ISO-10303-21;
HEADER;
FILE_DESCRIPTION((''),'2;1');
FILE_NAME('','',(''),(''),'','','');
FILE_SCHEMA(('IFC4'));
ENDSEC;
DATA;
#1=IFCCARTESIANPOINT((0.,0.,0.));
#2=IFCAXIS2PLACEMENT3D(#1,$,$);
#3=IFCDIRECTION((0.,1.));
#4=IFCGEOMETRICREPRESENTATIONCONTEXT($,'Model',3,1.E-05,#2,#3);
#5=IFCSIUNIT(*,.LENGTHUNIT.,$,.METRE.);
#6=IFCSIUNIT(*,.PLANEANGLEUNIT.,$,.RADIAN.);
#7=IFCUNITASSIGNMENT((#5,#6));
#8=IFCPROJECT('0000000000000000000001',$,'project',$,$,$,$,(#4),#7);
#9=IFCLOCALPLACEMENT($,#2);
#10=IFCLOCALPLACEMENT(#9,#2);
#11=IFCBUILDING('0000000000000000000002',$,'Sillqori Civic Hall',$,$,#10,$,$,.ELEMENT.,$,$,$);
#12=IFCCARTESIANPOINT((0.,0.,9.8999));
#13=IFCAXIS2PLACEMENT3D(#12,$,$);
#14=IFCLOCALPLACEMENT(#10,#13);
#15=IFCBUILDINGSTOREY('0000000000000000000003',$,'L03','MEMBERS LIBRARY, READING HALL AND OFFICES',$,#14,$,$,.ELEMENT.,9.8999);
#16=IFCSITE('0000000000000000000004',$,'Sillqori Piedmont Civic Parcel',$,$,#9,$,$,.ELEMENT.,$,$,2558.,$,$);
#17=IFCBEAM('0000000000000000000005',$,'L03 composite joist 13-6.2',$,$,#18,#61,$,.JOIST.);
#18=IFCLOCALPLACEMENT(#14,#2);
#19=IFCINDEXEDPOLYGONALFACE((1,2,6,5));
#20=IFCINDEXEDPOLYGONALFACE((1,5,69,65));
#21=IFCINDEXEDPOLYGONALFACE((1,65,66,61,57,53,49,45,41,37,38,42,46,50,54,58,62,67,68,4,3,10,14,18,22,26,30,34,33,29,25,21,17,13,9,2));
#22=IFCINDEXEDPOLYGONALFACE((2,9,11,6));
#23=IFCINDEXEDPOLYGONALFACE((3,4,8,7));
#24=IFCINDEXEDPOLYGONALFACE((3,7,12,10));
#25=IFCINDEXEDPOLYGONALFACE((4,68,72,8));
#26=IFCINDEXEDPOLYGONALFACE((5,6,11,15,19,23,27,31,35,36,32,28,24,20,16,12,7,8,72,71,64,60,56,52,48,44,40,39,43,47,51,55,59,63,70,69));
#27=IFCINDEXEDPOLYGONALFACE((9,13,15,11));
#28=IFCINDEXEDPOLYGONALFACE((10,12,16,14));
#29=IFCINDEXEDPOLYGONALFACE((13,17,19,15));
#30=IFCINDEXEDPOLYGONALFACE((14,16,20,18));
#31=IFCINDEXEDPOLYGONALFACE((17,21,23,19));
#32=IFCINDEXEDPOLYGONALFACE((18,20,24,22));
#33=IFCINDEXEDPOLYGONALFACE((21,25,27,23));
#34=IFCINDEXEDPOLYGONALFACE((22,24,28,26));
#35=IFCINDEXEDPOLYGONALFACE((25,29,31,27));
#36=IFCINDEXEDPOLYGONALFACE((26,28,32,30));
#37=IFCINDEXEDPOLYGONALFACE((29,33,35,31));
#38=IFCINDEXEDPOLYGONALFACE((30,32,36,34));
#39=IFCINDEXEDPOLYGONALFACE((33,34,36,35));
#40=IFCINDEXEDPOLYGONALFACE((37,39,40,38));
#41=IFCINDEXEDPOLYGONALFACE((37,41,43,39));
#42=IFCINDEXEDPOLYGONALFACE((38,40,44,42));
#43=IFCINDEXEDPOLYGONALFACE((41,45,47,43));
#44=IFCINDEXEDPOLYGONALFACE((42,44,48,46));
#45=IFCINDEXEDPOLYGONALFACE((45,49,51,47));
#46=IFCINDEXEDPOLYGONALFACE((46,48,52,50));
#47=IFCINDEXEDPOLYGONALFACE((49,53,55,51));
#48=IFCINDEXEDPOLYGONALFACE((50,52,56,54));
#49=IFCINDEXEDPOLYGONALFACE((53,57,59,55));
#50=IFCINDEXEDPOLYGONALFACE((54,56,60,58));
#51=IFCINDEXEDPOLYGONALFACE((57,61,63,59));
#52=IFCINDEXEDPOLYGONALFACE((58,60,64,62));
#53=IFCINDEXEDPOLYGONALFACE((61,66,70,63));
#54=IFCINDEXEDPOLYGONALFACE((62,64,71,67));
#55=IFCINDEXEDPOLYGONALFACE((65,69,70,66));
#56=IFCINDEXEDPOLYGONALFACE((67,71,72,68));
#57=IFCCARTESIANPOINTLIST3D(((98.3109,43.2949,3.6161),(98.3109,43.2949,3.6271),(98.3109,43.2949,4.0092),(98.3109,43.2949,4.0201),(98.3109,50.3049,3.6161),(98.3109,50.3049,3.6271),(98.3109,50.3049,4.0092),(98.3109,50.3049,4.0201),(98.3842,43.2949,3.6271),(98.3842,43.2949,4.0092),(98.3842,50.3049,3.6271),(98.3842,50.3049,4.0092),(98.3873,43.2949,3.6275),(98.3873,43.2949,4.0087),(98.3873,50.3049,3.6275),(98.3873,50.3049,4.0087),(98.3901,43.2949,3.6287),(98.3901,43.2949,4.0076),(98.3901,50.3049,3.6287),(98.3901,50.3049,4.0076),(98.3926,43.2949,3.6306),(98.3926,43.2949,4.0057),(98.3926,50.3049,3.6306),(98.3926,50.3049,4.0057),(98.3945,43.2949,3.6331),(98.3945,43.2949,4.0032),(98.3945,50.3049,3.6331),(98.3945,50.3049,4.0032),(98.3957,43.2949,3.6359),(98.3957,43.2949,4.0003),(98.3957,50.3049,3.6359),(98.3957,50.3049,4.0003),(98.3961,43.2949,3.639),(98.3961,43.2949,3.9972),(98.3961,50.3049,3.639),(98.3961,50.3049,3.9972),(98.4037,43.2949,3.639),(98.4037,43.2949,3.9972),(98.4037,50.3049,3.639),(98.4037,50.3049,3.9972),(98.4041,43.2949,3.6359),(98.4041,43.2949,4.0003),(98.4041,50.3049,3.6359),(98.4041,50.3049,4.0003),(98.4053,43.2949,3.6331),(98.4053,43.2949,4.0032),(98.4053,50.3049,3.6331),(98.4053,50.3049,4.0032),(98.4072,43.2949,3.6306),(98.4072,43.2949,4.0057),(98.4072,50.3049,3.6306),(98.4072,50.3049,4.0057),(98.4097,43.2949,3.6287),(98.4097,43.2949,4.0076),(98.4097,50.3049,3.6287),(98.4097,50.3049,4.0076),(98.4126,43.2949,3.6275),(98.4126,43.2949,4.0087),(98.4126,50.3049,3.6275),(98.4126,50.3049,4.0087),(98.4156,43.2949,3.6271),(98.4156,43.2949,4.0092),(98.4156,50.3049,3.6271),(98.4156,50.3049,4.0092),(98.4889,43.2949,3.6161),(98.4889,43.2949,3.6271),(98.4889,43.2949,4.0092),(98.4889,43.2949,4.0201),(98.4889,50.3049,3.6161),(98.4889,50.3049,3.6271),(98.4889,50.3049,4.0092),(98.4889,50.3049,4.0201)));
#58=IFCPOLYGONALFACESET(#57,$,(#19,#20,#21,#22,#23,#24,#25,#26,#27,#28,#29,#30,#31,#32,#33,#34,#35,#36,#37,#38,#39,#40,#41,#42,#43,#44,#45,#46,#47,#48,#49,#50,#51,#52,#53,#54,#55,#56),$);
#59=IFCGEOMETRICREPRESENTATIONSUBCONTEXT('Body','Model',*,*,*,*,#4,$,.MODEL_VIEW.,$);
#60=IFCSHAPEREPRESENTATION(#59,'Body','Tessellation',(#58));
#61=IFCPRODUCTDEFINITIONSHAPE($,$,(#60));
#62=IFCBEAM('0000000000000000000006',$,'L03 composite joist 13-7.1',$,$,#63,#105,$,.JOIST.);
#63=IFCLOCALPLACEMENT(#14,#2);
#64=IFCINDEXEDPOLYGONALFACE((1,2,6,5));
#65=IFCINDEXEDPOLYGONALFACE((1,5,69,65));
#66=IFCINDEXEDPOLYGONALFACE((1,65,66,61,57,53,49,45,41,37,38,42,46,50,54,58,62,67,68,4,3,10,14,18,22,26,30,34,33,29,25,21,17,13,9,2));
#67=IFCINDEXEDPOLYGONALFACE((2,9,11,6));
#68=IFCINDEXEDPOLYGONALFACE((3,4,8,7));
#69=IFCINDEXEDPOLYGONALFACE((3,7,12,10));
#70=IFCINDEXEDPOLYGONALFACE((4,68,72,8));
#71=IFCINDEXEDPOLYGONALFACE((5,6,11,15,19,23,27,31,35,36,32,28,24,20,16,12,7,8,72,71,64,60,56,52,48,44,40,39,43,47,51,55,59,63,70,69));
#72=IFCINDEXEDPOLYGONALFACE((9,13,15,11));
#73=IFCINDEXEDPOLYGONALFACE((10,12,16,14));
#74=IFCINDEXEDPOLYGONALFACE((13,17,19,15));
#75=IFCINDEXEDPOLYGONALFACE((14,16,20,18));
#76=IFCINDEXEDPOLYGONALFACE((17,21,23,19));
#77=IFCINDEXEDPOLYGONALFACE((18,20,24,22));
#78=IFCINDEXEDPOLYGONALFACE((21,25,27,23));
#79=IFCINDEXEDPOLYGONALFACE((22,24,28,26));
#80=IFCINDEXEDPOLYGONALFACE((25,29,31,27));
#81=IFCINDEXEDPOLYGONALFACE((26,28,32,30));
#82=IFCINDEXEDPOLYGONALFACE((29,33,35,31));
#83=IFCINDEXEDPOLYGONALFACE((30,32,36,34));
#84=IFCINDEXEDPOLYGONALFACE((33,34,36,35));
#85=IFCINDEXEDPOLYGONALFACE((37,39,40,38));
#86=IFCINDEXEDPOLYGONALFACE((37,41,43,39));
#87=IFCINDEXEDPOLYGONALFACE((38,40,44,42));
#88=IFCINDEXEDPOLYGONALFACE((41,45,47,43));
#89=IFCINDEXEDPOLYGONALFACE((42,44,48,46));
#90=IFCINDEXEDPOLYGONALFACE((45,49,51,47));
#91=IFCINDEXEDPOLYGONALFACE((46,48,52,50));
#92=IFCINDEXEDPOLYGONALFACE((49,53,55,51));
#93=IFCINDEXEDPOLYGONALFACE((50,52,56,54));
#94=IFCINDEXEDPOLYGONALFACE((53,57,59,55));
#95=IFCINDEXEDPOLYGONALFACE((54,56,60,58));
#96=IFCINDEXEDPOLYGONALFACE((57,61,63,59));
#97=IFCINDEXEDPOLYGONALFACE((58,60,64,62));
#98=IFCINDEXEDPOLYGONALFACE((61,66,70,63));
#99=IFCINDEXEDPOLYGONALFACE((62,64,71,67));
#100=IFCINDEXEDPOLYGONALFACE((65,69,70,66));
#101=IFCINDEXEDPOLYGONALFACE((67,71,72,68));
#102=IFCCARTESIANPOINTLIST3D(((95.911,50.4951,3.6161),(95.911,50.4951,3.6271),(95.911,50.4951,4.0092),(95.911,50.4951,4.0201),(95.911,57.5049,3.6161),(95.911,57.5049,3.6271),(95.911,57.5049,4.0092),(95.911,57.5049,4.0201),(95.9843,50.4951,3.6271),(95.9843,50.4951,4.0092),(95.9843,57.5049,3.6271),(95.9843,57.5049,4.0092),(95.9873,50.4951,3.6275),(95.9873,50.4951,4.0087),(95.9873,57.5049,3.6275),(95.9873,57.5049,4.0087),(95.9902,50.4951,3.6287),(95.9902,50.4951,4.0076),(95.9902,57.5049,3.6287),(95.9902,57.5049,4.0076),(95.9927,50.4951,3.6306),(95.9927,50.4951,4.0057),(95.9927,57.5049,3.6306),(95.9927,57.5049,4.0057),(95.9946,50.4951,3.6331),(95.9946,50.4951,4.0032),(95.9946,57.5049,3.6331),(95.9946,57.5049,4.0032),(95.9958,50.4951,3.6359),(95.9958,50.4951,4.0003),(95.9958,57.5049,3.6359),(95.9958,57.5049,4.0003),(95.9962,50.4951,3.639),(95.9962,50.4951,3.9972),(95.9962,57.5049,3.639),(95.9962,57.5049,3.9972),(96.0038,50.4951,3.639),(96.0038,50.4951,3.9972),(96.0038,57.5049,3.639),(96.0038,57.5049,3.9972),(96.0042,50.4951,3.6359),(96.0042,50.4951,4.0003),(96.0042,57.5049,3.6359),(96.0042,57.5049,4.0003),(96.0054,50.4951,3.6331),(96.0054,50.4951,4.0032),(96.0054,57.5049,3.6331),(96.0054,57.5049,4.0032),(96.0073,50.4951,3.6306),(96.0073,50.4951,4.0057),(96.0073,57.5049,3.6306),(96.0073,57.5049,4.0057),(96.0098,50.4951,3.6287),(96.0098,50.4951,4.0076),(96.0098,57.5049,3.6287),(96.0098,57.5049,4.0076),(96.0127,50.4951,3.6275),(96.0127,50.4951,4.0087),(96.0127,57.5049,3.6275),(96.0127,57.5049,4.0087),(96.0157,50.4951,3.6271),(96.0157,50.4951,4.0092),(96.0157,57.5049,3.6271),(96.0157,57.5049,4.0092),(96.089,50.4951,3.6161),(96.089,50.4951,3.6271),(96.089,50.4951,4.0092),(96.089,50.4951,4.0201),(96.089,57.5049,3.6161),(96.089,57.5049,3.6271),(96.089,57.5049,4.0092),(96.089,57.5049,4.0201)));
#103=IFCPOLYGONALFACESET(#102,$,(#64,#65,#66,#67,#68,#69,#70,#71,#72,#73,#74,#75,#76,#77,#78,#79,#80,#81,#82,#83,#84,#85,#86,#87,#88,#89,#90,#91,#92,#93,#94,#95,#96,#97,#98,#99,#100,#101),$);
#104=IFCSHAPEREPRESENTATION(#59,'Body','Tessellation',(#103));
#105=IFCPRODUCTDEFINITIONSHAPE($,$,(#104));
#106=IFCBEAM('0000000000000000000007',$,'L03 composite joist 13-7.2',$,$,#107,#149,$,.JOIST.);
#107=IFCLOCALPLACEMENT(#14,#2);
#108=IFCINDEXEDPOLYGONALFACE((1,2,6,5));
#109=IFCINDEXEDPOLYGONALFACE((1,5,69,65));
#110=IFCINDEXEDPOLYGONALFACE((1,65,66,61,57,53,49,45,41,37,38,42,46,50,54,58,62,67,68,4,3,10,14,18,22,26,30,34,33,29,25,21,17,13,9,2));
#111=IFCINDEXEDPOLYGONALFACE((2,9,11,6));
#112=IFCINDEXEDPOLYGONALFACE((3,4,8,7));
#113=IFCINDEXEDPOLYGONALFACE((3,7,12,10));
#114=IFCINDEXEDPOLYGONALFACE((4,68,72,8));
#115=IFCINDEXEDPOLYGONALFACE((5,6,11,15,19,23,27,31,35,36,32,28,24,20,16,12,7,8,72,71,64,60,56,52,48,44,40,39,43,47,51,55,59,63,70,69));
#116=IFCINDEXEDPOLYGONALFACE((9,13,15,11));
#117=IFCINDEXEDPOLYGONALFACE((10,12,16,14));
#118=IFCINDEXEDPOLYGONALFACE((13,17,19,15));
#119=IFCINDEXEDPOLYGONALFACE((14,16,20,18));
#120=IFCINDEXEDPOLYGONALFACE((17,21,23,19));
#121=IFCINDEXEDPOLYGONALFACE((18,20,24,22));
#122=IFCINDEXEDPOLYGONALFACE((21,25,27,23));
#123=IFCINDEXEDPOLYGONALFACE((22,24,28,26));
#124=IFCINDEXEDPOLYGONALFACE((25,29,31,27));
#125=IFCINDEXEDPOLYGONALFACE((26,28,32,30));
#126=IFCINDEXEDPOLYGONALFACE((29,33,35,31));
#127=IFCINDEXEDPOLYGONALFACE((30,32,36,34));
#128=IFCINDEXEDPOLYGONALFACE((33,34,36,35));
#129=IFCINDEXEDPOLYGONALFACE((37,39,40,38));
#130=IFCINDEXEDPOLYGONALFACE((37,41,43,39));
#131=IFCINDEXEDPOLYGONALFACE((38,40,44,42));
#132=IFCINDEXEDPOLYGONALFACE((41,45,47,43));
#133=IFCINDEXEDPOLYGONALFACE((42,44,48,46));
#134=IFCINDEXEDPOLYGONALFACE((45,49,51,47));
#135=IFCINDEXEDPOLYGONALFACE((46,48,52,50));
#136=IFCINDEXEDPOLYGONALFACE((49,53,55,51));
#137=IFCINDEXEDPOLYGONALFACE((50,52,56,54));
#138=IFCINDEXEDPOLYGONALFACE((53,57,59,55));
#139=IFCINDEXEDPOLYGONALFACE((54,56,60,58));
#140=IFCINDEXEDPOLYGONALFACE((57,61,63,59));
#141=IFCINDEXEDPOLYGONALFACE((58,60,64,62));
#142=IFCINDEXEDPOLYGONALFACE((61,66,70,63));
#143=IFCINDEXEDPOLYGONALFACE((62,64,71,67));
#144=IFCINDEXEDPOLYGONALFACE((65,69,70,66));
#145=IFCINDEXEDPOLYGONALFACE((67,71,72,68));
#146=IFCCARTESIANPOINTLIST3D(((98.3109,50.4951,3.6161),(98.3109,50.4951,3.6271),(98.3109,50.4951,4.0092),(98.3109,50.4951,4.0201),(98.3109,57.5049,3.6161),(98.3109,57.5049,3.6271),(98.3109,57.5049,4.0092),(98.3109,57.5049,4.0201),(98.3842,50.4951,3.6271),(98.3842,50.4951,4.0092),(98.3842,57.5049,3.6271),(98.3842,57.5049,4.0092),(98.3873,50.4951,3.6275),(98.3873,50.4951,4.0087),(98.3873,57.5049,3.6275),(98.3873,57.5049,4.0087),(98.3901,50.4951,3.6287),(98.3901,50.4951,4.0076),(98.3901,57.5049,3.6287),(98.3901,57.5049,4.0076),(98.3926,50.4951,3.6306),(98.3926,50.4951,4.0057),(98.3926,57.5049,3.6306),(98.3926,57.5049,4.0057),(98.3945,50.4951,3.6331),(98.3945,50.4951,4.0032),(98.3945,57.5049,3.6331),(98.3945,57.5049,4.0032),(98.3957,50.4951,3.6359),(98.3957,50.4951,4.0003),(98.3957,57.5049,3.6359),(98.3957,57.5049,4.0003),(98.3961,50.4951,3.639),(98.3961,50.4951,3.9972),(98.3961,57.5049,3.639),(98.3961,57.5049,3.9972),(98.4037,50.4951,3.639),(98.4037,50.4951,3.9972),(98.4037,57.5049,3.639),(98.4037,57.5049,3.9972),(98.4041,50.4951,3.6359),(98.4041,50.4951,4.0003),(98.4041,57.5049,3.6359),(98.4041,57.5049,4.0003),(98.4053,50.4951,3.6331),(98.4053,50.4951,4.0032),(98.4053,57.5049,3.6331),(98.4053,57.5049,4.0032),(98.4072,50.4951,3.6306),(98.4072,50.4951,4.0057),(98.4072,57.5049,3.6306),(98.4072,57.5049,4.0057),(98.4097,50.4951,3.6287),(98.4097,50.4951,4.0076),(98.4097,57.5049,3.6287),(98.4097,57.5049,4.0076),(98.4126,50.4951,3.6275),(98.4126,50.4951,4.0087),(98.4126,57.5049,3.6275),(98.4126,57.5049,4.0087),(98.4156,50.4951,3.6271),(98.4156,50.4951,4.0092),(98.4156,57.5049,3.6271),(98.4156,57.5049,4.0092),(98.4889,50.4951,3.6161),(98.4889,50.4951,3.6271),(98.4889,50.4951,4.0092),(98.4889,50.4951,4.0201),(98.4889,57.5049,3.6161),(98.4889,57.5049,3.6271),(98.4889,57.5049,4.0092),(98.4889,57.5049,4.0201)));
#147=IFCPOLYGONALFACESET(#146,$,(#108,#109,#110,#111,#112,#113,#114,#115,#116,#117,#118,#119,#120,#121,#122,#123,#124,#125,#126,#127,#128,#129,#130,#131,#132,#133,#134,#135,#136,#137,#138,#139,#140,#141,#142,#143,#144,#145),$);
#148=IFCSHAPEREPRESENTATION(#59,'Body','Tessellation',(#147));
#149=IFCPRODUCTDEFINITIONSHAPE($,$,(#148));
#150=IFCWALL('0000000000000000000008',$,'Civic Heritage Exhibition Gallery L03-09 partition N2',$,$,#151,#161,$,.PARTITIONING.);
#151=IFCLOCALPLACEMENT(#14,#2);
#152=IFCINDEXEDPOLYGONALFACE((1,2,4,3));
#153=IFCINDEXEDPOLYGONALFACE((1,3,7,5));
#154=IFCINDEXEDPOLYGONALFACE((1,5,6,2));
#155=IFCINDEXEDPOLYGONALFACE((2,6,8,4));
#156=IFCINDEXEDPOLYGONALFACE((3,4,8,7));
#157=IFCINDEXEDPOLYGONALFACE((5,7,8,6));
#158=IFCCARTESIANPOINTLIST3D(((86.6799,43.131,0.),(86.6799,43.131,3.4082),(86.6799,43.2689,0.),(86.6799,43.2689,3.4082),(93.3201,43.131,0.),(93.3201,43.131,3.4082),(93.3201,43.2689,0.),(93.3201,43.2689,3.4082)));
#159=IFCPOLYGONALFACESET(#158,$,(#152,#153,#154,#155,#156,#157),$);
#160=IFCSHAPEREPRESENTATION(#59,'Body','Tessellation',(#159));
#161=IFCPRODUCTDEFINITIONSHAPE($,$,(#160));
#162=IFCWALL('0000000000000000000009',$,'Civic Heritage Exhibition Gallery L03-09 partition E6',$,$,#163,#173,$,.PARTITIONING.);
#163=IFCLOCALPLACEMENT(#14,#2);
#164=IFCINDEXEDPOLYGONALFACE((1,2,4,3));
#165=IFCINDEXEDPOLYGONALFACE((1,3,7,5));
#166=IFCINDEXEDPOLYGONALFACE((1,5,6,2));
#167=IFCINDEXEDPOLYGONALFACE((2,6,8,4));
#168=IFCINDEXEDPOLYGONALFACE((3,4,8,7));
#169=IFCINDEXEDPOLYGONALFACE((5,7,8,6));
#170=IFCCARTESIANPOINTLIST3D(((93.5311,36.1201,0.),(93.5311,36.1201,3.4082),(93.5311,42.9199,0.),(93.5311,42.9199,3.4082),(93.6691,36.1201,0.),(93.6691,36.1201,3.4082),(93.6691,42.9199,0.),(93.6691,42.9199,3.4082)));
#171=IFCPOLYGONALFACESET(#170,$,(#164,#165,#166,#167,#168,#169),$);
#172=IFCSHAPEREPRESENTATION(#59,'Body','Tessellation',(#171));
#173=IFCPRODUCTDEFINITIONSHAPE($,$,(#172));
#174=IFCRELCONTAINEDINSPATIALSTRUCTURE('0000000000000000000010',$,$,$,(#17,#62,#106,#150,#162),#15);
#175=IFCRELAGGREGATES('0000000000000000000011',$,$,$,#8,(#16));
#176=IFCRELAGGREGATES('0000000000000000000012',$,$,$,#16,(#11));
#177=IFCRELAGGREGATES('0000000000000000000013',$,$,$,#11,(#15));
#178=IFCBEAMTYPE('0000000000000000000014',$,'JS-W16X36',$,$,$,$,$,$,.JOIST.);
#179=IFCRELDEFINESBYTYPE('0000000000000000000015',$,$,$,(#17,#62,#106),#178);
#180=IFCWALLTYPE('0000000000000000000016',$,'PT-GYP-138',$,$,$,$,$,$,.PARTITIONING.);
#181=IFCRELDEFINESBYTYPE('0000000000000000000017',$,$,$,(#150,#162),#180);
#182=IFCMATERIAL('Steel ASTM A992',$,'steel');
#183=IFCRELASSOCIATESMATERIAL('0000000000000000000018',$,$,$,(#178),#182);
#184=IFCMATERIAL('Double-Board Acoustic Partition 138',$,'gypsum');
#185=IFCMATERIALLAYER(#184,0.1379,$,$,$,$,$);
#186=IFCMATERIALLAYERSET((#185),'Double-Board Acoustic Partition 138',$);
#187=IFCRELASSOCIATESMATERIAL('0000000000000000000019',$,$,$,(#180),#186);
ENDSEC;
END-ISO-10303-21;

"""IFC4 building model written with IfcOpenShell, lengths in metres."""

from ifc_helpers import new_model, si_unit, direction, frame, frame_2d, origin, origin_2d, place, context, subcontext, project, spatial, rectangle, i_section, extrude, material, layer, layer_set, material_profile, profile_set, type_object, element, save


model = new_model("IFC4")

# Units and contexts
model_context = context("Model", 3, precision=1e-05, world=origin(), true_north=direction((0.0, 1.0)))
body_context = subcontext(model_context, "Body", "Model", "MODEL_VIEW")
ifc_project = project(units=[si_unit("LENGTHUNIT", "METRE"), si_unit("PLANEANGLEUNIT", "RADIAN")], contexts=[model_context])

# Site, building, storey
site_placement = place(None, origin())
site = spatial("IfcSite", under=ifc_project, at=site_placement, Name="Sillqori Piedmont Civic Parcel", CompositionType="ELEMENT", RefElevation=2558.0)
building_placement = place(site_placement, origin())
building = spatial("IfcBuilding", under=site, at=building_placement, Name="Sillqori Civic Hall", CompositionType="ELEMENT")
storey_placement = place(building_placement, frame((0.0, 0.0, 9.8999)))
storey = spatial("IfcBuildingStorey", under=building, at=storey_placement, Name="L03", Description="MEMBERS LIBRARY, READING HALL AND OFFICES", CompositionType="ELEMENT", Elevation=9.8999)

# Shared definitions
ifc_material_1 = material(Name="Steel ASTM A992", Category="steel")

# Beams
ifc_material_profile_1 = material_profile(ifc_material_1, i_section(OverallWidth=0.178, OverallDepth=0.4041, WebThickness=0.0076, FlangeThickness=0.011, FilletRadius=0.012, at=origin_2d()), Name="W16X36")
ifc_profile_set_1 = profile_set([ifc_material_profile_1], Name="Steel ASTM A992")
beam_type_1 = type_object("IfcBeamType", Name="JS-W16X36", PredefinedType="JOIST", material=ifc_profile_set_1)
for number, where, z_axis, x_axis, name in (
    (1, (98.3999, 43.2949, 3.8181), (0.0, 1.0, 0.0), (-1.0, 0.0, 0.0), "L03 composite joist 13-6.2"),
):
    element("IfcBeam", number, at=place(storey_placement, frame(where, z_axis=z_axis, x_axis=x_axis)), inside=storey, type_object=beam_type_1, Name=name, PredefinedType="JOIST", context=body_context, shape_type="SweptSolid", body=[
        extrude(i_section(OverallWidth=0.178, OverallDepth=0.4041, WebThickness=0.0076, FlangeThickness=0.011, FilletRadius=0.012, at=origin_2d()), origin(), (0.0, 0.0, 1.0), 7.01),
    ])
for number, where, z_axis, x_axis, name in (
    (2, (96.0, 50.4951, 3.8181), (0.0, 1.0, 0.0), (-1.0, 0.0, 0.0), "L03 composite joist 13-7.1"),
    (3, (98.3999, 50.4951, 3.8181), (0.0, 1.0, 0.0), (-1.0, 0.0, 0.0), "L03 composite joist 13-7.2"),
):
    element("IfcBeam", number, at=place(storey_placement, frame(where, z_axis=z_axis, x_axis=x_axis)), inside=storey, type_object=beam_type_1, Name=name, PredefinedType="JOIST", context=body_context, shape_type="SweptSolid", body=[
        extrude(i_section(OverallWidth=0.178, OverallDepth=0.4041, WebThickness=0.0076, FlangeThickness=0.011, FilletRadius=0.012, at=origin_2d()), origin(), (0.0, 0.0, 1.0), 7.0098),
    ])

# Walls
ifc_material_2 = material(Name="Double-Board Acoustic Partition 138", Category="gypsum")
ifc_layer_1 = layer(ifc_material_2, 0.1379)
ifc_layer_set_1 = layer_set([ifc_layer_1], Name="Double-Board Acoustic Partition 138")
wall_type_1 = type_object("IfcWallType", Name="PT-GYP-138", PredefinedType="PARTITIONING", material=ifc_layer_set_1)
wall_1_placement = place(storey_placement, frame((86.6799, 43.2, 0.0), z_axis=(0.0, 0.0, 1.0), x_axis=(1.0, 0.0, 0.0)))
element("IfcWall", 4, at=wall_1_placement, inside=storey, type_object=wall_type_1, Name="Civic Heritage Exhibition Gallery L03-09 partition N2", PredefinedType="PARTITIONING", context=body_context, shape_type="SweptSolid", body=[
    extrude(rectangle(XDim=6.6401, YDim=0.1379, at=frame_2d((3.3201, 0.0))), origin(), (0.0, 0.0, 1.0), 3.4082),
])
wall_2_placement = place(storey_placement, frame((93.6001, 42.9199, 0.0), z_axis=(0.0, 0.0, 1.0), x_axis=(0.0, -1.0, 0.0)))
element("IfcWall", 5, at=wall_2_placement, inside=storey, type_object=wall_type_1, Name="Civic Heritage Exhibition Gallery L03-09 partition E6", PredefinedType="PARTITIONING", context=body_context, shape_type="SweptSolid", body=[
    extrude(rectangle(XDim=6.7998, YDim=0.1379, at=frame_2d((3.3999, 0.0))), origin(), (0.0, 0.0, 1.0), 3.4082),
])

save(model, "model.ifc")
